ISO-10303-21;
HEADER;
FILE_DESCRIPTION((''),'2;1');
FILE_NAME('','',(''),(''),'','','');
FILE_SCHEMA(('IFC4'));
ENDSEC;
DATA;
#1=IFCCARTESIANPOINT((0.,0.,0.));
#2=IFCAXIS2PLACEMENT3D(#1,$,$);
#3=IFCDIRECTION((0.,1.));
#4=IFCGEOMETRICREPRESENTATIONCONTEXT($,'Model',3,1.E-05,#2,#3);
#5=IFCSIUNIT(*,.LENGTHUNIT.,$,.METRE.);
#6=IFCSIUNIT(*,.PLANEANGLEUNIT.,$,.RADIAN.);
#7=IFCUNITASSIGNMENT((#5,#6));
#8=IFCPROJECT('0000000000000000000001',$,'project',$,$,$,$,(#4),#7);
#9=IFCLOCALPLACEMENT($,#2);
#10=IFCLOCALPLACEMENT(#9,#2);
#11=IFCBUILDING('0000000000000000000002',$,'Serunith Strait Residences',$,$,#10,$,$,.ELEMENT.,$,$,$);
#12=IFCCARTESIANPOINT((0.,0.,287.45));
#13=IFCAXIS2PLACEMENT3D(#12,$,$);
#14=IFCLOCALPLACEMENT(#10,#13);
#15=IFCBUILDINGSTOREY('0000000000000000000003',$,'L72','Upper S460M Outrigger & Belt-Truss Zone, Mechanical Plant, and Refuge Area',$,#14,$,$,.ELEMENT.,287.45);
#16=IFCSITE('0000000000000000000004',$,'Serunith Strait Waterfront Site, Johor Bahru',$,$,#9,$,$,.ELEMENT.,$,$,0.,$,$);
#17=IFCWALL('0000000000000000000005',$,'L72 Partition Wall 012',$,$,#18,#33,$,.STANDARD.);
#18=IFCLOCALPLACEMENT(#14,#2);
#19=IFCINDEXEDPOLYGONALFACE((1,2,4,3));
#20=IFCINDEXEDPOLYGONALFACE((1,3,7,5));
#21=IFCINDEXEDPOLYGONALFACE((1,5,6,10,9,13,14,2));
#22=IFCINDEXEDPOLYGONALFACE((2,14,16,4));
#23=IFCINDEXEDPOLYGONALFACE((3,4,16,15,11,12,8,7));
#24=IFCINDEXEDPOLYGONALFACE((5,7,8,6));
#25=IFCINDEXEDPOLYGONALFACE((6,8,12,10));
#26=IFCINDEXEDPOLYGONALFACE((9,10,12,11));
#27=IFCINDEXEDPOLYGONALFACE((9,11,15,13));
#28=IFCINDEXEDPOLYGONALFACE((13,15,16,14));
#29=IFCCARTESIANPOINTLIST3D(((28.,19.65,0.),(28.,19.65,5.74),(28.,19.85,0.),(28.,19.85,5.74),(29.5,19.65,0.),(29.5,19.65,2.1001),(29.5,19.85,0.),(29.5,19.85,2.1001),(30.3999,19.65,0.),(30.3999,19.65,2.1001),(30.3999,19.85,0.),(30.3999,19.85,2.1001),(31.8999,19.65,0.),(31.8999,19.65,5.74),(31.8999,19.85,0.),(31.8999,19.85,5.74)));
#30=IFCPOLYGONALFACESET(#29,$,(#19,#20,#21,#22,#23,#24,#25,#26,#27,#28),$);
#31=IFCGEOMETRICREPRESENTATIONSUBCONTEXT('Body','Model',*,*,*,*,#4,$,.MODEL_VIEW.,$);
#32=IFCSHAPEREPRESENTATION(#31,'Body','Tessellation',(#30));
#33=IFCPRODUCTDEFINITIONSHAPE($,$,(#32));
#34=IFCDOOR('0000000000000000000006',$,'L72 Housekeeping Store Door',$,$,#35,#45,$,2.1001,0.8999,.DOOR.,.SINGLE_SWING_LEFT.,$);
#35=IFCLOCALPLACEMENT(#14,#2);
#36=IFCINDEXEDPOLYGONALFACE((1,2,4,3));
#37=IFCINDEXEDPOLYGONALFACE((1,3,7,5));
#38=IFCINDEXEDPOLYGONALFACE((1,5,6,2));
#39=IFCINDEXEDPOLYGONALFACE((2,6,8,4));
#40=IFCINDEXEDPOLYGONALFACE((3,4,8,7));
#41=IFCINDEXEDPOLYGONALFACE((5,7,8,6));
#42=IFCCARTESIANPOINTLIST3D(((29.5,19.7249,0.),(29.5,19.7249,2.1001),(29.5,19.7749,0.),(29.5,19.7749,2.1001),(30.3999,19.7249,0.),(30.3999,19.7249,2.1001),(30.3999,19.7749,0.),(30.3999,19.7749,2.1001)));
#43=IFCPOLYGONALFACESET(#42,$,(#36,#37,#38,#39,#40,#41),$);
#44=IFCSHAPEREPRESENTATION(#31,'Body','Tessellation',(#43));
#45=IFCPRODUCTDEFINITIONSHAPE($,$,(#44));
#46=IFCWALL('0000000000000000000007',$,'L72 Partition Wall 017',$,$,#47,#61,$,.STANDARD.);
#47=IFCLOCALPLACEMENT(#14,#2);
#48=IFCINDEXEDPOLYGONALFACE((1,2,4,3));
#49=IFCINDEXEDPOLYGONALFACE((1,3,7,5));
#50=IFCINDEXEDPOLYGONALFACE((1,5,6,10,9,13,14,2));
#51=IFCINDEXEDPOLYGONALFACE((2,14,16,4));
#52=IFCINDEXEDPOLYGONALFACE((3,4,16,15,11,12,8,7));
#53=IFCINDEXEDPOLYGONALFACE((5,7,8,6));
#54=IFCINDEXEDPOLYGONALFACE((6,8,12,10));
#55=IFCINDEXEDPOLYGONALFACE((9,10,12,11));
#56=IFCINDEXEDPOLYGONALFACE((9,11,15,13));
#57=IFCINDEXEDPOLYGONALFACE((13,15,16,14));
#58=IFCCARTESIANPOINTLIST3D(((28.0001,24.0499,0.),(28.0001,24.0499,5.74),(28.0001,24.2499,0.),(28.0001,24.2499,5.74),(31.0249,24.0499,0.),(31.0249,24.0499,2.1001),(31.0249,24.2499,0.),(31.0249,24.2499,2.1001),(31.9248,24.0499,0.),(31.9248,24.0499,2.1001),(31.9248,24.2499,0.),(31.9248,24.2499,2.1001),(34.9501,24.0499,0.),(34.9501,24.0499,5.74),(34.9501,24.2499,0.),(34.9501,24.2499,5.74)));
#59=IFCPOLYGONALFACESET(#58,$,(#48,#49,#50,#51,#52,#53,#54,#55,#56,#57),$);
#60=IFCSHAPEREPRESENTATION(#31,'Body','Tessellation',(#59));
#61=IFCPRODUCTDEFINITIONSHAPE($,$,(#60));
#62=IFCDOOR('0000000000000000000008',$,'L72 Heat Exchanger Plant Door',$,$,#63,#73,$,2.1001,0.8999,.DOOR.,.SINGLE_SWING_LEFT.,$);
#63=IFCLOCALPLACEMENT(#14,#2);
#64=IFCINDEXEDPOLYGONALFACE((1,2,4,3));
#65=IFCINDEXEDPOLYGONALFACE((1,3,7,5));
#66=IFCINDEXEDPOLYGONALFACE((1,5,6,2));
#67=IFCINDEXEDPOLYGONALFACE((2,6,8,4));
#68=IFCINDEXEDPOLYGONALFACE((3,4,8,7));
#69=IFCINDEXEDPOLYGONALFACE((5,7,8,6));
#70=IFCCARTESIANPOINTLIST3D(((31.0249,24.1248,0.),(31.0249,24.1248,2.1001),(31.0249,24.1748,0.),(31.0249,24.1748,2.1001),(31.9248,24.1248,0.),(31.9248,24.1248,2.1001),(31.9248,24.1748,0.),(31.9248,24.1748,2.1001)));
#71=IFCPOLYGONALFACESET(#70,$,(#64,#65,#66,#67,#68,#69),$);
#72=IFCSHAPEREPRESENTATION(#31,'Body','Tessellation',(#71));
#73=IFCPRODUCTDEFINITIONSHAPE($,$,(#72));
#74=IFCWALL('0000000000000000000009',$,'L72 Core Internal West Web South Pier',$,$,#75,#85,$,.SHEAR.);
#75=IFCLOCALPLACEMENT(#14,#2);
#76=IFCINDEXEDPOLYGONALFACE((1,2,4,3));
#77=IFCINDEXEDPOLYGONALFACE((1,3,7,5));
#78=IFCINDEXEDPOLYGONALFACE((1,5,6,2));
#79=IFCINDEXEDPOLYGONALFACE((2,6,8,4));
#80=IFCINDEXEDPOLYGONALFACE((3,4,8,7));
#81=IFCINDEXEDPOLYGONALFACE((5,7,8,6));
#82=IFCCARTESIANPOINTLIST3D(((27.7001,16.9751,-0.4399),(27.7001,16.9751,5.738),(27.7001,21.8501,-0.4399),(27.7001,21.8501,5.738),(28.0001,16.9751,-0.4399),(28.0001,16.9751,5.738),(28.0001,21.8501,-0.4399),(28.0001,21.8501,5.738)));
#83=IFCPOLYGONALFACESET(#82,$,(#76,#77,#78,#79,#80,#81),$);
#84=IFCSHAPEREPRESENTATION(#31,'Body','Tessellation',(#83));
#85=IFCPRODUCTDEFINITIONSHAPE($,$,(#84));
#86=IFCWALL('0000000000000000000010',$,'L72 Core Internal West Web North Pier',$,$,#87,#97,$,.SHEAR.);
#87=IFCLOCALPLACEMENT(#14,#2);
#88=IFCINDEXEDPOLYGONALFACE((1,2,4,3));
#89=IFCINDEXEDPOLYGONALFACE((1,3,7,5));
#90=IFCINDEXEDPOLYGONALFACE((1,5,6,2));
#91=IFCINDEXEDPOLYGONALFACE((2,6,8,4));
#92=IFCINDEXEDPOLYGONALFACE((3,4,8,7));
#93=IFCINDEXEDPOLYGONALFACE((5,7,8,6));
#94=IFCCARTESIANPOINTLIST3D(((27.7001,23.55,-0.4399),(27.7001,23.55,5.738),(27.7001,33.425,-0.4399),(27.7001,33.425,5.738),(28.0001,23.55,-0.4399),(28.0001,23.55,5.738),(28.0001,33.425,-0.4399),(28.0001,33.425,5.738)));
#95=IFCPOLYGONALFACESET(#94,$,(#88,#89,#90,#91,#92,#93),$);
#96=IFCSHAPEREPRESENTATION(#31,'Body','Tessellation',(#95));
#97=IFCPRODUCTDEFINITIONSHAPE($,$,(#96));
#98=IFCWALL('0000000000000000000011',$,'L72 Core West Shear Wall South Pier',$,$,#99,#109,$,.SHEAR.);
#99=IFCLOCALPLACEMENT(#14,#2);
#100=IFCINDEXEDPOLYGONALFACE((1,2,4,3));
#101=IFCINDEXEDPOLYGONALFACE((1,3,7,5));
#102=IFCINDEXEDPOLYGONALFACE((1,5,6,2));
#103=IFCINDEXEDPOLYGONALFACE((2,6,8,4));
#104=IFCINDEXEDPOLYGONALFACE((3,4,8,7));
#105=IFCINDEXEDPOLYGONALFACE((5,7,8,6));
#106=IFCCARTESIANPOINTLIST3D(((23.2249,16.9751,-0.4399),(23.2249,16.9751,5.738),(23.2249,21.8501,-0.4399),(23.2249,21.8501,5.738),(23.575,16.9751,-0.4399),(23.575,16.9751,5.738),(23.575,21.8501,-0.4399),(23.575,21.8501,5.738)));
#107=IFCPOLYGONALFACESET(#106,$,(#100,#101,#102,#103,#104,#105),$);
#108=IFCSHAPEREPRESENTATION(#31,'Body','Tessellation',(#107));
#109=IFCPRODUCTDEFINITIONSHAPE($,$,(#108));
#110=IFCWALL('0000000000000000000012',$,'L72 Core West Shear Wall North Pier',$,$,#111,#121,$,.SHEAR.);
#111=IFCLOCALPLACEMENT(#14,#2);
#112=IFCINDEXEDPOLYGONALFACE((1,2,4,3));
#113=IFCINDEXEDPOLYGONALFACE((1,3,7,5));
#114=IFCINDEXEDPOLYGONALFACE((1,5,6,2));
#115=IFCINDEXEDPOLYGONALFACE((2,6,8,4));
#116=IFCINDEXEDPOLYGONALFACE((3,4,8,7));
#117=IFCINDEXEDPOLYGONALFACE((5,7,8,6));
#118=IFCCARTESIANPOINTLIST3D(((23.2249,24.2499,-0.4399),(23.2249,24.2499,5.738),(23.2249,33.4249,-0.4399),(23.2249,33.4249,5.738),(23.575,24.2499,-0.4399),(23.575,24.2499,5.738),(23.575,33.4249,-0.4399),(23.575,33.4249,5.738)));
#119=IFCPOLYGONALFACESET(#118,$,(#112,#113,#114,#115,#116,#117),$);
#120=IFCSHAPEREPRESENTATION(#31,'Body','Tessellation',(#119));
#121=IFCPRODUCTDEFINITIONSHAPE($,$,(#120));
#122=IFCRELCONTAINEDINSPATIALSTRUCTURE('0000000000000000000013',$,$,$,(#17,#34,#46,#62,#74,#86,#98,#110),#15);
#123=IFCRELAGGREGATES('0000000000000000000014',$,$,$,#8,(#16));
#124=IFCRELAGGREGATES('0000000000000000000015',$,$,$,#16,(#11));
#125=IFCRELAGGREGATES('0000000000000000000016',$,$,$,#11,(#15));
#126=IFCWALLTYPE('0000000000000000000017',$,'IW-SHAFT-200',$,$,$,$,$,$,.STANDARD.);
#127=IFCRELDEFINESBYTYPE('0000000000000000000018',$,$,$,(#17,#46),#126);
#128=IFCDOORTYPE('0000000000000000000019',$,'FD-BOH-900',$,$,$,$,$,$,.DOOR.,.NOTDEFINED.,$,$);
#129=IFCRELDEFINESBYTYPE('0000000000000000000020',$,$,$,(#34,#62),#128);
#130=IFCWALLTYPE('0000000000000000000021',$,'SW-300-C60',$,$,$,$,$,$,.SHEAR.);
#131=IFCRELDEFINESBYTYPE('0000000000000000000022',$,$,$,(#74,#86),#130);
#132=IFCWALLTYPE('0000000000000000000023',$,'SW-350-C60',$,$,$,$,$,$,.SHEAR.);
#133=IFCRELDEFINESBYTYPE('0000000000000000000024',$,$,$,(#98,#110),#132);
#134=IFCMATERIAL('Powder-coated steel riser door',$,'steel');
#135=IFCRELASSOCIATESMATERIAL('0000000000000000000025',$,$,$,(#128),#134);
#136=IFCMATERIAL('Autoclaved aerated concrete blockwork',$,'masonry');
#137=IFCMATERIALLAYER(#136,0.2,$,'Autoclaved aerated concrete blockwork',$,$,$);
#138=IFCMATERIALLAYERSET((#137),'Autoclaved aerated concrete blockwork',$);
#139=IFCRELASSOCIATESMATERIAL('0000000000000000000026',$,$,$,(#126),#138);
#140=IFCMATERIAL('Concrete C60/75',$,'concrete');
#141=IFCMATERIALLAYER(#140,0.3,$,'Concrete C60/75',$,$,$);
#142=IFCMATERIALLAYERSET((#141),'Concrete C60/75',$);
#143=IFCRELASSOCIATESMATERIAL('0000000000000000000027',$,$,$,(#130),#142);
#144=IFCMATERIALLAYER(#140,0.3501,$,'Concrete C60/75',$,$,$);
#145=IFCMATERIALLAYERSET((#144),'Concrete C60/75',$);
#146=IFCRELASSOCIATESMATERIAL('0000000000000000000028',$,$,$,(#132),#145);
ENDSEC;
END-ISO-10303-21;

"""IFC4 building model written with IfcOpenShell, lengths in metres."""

from ifc_helpers import new_model, si_unit, direction, frame, frame_2d, origin, place, context, subcontext, project, spatial, rectangle, extrude, source, transform, mapped, material, layer, layer_set, type_object, element, fill, save


model = new_model("IFC4")

# Units and contexts
model_context = context("Model", 3, precision=1e-05, world=origin(), true_north=direction((0.0, 1.0)))
body_context = subcontext(model_context, "Body", "Model", "MODEL_VIEW")
ifc_project = project(units=[si_unit("LENGTHUNIT", "METRE"), si_unit("PLANEANGLEUNIT", "RADIAN")], contexts=[model_context])

# Site, building, storey
site_placement = place(None, origin())
site = spatial("IfcSite", under=ifc_project, at=site_placement, Name="Serunith Strait Waterfront Site, Johor Bahru", CompositionType="ELEMENT", RefElevation=0.0)
building_placement = place(site_placement, origin())
building = spatial("IfcBuilding", under=site, at=building_placement, Name="Serunith Strait Residences", CompositionType="ELEMENT")
storey_placement = place(building_placement, frame((0.0, 0.0, 287.45)))
storey = spatial("IfcBuildingStorey", under=building, at=storey_placement, Name="L72", Description="Upper S460M Outrigger & Belt-Truss Zone, Mechanical Plant, and Refuge Area", CompositionType="ELEMENT", Elevation=287.45)

# Shared definitions
ifc_material_1 = material(Name="Powder-coated steel riser door", Category="steel")
door_type_1 = type_object("IfcDoorType", Name="FD-BOH-900", OperationType="NOTDEFINED", PredefinedType="DOOR", material=ifc_material_1)
shared_shape_1 = source(origin(), body_context, "Body", "SweptSolid", [
    extrude(rectangle(XDim=0.8999, YDim=2.1001, at=frame_2d((0.45, 1.05))), frame((0.0, 0.0249, 0.0), z_axis=(0.0, -1.0, 0.0), x_axis=(1.0, 0.0, 0.0)), (0.0, 0.0, 1.0), 0.05),
])
ifc_material_2 = material(Name="Autoclaved aerated concrete blockwork", Category="masonry")
ifc_layer_1 = layer(ifc_material_2, 0.2, Name="Autoclaved aerated concrete blockwork")
ifc_layer_set_1 = layer_set([ifc_layer_1], Name="Autoclaved aerated concrete blockwork")
wall_type_1 = type_object("IfcWallType", Name="IW-SHAFT-200", PredefinedType="STANDARD", material=ifc_layer_set_1)

# Walls, openings, doors
wall_1_placement = place(storey_placement, frame((28.0, 19.75, 0.0), z_axis=(0.0, 0.0, 1.0), x_axis=(1.0, 0.0, 0.0)))
wall_1 = element("IfcWall", 1, at=wall_1_placement, inside=storey, type_object=wall_type_1, Name="L72 Partition Wall 012", PredefinedType="STANDARD", context=body_context, shape_type="SweptSolid", body=[
    extrude(rectangle(XDim=3.8999, YDim=0.2, at=frame_2d((1.95, 0.0))), origin(), (0.0, 0.0, 1.0), 5.74),
])
opening_1_placement = place(wall_1_placement, frame((1.5, 0.0, 0.0)))
opening_1 = element("IfcOpeningElement", 2, at=opening_1_placement, cuts=wall_1, PredefinedType="OPENING", context=body_context, shape_type="SweptSolid", body=[
    extrude(rectangle(XDim=0.8999, YDim=2.1001, at=frame_2d((0.45, 1.05))), frame((0.0, 0.1099, 0.0), z_axis=(0.0, -1.0, 0.0), x_axis=(1.0, 0.0, 0.0)), (0.0, 0.0, 1.0), 0.22),
])
door_1_placement = place(opening_1_placement, origin())
door_1 = element("IfcDoor", 3, at=door_1_placement, inside=storey, type_object=door_type_1, Name="L72 Housekeeping Store Door", OperationType="SINGLE_SWING_LEFT", OverallHeight=2.1001, OverallWidth=0.8999, PredefinedType="DOOR", context=body_context, shape_type="MappedRepresentation", body=[
    mapped(shared_shape_1, transform((0.0, 0.0, 0.0), scale=1.0)),
])
fill(opening_1, door_1)
wall_2_placement = place(storey_placement, frame((28.0, 24.1499, 0.0), z_axis=(0.0, 0.0, 1.0), x_axis=(1.0, 0.0, 0.0)))
wall_2 = element("IfcWall", 4, at=wall_2_placement, inside=storey, type_object=wall_type_1, Name="L72 Partition Wall 017", PredefinedType="STANDARD", context=body_context, shape_type="SweptSolid", body=[
    extrude(rectangle(XDim=6.95, YDim=0.2, at=frame_2d((3.4751, 0.0))), origin(), (0.0, 0.0, 1.0), 5.74),
])
opening_2_placement = place(wall_2_placement, frame((3.0249, 0.0, 0.0)))
opening_2 = element("IfcOpeningElement", 5, at=opening_2_placement, cuts=wall_2, PredefinedType="OPENING", context=body_context, shape_type="SweptSolid", body=[
    extrude(rectangle(XDim=0.8999, YDim=2.1001, at=frame_2d((0.45, 1.05))), frame((0.0, 0.1099, 0.0), z_axis=(0.0, -1.0, 0.0), x_axis=(1.0, 0.0, 0.0)), (0.0, 0.0, 1.0), 0.22),
])
door_2_placement = place(opening_2_placement, origin())
door_2 = element("IfcDoor", 6, at=door_2_placement, inside=storey, type_object=door_type_1, Name="L72 Heat Exchanger Plant Door", OperationType="SINGLE_SWING_LEFT", OverallHeight=2.1001, OverallWidth=0.8999, PredefinedType="DOOR", context=body_context, shape_type="MappedRepresentation", body=[
    mapped(shared_shape_1, transform((0.0, 0.0, 0.0), scale=1.0)),
])
fill(opening_2, door_2)

# Walls
ifc_material_3 = material(Name="Concrete C60/75", Category="concrete")
ifc_layer_2 = layer(ifc_material_3, 0.3, Name="Concrete C60/75")
ifc_layer_set_2 = layer_set([ifc_layer_2], Name="Concrete C60/75")
wall_type_2 = type_object("IfcWallType", Name="SW-300-C60", PredefinedType="SHEAR", material=ifc_layer_set_2)
wall_3_placement = place(storey_placement, frame((27.8501, 16.9751, -0.4399), z_axis=(0.0, 0.0, 1.0), x_axis=(0.0, 1.0, 0.0)))
element("IfcWall", 7, at=wall_3_placement, inside=storey, type_object=wall_type_2, Name="L72 Core Internal West Web South Pier", PredefinedType="SHEAR", context=body_context, shape_type="SweptSolid", body=[
    extrude(rectangle(XDim=4.875, YDim=0.3, at=frame_2d((2.4375, 0.0))), origin(), (0.0, 0.0, 1.0), 6.178),
])
wall_4_placement = place(storey_placement, frame((27.8501, 23.55, -0.4399), z_axis=(0.0, 0.0, 1.0), x_axis=(0.0, 1.0, 0.0)))
element("IfcWall", 8, at=wall_4_placement, inside=storey, type_object=wall_type_2, Name="L72 Core Internal West Web North Pier", PredefinedType="SHEAR", context=body_context, shape_type="SweptSolid", body=[
    extrude(rectangle(XDim=9.875, YDim=0.3, at=frame_2d((4.9375, 0.0))), origin(), (0.0, 0.0, 1.0), 6.178),
])
ifc_layer_3 = layer(ifc_material_3, 0.3501, Name="Concrete C60/75")
ifc_layer_set_3 = layer_set([ifc_layer_3], Name="Concrete C60/75")
wall_type_3 = type_object("IfcWallType", Name="SW-350-C60", PredefinedType="SHEAR", material=ifc_layer_set_3)
wall_5_placement = place(storey_placement, frame((23.3999, 16.9751, -0.4399), z_axis=(0.0, 0.0, 1.0), x_axis=(0.0, 1.0, 0.0)))
element("IfcWall", 9, at=wall_5_placement, inside=storey, type_object=wall_type_3, Name="L72 Core West Shear Wall South Pier", PredefinedType="SHEAR", context=body_context, shape_type="SweptSolid", body=[
    extrude(rectangle(XDim=4.875, YDim=0.3501, at=frame_2d((2.4375, 0.0))), origin(), (0.0, 0.0, 1.0), 6.178),
])
wall_6_placement = place(storey_placement, frame((23.3999, 24.25, -0.4399), z_axis=(0.0, 0.0, 1.0), x_axis=(0.0, 1.0, 0.0)))
element("IfcWall", 10, at=wall_6_placement, inside=storey, type_object=wall_type_3, Name="L72 Core West Shear Wall North Pier", PredefinedType="SHEAR", context=body_context, shape_type="SweptSolid", body=[
    extrude(rectangle(XDim=9.175, YDim=0.3501, at=frame_2d((4.5874, 0.0))), origin(), (0.0, 0.0, 1.0), 6.178),
])

save(model, "model.ifc")
